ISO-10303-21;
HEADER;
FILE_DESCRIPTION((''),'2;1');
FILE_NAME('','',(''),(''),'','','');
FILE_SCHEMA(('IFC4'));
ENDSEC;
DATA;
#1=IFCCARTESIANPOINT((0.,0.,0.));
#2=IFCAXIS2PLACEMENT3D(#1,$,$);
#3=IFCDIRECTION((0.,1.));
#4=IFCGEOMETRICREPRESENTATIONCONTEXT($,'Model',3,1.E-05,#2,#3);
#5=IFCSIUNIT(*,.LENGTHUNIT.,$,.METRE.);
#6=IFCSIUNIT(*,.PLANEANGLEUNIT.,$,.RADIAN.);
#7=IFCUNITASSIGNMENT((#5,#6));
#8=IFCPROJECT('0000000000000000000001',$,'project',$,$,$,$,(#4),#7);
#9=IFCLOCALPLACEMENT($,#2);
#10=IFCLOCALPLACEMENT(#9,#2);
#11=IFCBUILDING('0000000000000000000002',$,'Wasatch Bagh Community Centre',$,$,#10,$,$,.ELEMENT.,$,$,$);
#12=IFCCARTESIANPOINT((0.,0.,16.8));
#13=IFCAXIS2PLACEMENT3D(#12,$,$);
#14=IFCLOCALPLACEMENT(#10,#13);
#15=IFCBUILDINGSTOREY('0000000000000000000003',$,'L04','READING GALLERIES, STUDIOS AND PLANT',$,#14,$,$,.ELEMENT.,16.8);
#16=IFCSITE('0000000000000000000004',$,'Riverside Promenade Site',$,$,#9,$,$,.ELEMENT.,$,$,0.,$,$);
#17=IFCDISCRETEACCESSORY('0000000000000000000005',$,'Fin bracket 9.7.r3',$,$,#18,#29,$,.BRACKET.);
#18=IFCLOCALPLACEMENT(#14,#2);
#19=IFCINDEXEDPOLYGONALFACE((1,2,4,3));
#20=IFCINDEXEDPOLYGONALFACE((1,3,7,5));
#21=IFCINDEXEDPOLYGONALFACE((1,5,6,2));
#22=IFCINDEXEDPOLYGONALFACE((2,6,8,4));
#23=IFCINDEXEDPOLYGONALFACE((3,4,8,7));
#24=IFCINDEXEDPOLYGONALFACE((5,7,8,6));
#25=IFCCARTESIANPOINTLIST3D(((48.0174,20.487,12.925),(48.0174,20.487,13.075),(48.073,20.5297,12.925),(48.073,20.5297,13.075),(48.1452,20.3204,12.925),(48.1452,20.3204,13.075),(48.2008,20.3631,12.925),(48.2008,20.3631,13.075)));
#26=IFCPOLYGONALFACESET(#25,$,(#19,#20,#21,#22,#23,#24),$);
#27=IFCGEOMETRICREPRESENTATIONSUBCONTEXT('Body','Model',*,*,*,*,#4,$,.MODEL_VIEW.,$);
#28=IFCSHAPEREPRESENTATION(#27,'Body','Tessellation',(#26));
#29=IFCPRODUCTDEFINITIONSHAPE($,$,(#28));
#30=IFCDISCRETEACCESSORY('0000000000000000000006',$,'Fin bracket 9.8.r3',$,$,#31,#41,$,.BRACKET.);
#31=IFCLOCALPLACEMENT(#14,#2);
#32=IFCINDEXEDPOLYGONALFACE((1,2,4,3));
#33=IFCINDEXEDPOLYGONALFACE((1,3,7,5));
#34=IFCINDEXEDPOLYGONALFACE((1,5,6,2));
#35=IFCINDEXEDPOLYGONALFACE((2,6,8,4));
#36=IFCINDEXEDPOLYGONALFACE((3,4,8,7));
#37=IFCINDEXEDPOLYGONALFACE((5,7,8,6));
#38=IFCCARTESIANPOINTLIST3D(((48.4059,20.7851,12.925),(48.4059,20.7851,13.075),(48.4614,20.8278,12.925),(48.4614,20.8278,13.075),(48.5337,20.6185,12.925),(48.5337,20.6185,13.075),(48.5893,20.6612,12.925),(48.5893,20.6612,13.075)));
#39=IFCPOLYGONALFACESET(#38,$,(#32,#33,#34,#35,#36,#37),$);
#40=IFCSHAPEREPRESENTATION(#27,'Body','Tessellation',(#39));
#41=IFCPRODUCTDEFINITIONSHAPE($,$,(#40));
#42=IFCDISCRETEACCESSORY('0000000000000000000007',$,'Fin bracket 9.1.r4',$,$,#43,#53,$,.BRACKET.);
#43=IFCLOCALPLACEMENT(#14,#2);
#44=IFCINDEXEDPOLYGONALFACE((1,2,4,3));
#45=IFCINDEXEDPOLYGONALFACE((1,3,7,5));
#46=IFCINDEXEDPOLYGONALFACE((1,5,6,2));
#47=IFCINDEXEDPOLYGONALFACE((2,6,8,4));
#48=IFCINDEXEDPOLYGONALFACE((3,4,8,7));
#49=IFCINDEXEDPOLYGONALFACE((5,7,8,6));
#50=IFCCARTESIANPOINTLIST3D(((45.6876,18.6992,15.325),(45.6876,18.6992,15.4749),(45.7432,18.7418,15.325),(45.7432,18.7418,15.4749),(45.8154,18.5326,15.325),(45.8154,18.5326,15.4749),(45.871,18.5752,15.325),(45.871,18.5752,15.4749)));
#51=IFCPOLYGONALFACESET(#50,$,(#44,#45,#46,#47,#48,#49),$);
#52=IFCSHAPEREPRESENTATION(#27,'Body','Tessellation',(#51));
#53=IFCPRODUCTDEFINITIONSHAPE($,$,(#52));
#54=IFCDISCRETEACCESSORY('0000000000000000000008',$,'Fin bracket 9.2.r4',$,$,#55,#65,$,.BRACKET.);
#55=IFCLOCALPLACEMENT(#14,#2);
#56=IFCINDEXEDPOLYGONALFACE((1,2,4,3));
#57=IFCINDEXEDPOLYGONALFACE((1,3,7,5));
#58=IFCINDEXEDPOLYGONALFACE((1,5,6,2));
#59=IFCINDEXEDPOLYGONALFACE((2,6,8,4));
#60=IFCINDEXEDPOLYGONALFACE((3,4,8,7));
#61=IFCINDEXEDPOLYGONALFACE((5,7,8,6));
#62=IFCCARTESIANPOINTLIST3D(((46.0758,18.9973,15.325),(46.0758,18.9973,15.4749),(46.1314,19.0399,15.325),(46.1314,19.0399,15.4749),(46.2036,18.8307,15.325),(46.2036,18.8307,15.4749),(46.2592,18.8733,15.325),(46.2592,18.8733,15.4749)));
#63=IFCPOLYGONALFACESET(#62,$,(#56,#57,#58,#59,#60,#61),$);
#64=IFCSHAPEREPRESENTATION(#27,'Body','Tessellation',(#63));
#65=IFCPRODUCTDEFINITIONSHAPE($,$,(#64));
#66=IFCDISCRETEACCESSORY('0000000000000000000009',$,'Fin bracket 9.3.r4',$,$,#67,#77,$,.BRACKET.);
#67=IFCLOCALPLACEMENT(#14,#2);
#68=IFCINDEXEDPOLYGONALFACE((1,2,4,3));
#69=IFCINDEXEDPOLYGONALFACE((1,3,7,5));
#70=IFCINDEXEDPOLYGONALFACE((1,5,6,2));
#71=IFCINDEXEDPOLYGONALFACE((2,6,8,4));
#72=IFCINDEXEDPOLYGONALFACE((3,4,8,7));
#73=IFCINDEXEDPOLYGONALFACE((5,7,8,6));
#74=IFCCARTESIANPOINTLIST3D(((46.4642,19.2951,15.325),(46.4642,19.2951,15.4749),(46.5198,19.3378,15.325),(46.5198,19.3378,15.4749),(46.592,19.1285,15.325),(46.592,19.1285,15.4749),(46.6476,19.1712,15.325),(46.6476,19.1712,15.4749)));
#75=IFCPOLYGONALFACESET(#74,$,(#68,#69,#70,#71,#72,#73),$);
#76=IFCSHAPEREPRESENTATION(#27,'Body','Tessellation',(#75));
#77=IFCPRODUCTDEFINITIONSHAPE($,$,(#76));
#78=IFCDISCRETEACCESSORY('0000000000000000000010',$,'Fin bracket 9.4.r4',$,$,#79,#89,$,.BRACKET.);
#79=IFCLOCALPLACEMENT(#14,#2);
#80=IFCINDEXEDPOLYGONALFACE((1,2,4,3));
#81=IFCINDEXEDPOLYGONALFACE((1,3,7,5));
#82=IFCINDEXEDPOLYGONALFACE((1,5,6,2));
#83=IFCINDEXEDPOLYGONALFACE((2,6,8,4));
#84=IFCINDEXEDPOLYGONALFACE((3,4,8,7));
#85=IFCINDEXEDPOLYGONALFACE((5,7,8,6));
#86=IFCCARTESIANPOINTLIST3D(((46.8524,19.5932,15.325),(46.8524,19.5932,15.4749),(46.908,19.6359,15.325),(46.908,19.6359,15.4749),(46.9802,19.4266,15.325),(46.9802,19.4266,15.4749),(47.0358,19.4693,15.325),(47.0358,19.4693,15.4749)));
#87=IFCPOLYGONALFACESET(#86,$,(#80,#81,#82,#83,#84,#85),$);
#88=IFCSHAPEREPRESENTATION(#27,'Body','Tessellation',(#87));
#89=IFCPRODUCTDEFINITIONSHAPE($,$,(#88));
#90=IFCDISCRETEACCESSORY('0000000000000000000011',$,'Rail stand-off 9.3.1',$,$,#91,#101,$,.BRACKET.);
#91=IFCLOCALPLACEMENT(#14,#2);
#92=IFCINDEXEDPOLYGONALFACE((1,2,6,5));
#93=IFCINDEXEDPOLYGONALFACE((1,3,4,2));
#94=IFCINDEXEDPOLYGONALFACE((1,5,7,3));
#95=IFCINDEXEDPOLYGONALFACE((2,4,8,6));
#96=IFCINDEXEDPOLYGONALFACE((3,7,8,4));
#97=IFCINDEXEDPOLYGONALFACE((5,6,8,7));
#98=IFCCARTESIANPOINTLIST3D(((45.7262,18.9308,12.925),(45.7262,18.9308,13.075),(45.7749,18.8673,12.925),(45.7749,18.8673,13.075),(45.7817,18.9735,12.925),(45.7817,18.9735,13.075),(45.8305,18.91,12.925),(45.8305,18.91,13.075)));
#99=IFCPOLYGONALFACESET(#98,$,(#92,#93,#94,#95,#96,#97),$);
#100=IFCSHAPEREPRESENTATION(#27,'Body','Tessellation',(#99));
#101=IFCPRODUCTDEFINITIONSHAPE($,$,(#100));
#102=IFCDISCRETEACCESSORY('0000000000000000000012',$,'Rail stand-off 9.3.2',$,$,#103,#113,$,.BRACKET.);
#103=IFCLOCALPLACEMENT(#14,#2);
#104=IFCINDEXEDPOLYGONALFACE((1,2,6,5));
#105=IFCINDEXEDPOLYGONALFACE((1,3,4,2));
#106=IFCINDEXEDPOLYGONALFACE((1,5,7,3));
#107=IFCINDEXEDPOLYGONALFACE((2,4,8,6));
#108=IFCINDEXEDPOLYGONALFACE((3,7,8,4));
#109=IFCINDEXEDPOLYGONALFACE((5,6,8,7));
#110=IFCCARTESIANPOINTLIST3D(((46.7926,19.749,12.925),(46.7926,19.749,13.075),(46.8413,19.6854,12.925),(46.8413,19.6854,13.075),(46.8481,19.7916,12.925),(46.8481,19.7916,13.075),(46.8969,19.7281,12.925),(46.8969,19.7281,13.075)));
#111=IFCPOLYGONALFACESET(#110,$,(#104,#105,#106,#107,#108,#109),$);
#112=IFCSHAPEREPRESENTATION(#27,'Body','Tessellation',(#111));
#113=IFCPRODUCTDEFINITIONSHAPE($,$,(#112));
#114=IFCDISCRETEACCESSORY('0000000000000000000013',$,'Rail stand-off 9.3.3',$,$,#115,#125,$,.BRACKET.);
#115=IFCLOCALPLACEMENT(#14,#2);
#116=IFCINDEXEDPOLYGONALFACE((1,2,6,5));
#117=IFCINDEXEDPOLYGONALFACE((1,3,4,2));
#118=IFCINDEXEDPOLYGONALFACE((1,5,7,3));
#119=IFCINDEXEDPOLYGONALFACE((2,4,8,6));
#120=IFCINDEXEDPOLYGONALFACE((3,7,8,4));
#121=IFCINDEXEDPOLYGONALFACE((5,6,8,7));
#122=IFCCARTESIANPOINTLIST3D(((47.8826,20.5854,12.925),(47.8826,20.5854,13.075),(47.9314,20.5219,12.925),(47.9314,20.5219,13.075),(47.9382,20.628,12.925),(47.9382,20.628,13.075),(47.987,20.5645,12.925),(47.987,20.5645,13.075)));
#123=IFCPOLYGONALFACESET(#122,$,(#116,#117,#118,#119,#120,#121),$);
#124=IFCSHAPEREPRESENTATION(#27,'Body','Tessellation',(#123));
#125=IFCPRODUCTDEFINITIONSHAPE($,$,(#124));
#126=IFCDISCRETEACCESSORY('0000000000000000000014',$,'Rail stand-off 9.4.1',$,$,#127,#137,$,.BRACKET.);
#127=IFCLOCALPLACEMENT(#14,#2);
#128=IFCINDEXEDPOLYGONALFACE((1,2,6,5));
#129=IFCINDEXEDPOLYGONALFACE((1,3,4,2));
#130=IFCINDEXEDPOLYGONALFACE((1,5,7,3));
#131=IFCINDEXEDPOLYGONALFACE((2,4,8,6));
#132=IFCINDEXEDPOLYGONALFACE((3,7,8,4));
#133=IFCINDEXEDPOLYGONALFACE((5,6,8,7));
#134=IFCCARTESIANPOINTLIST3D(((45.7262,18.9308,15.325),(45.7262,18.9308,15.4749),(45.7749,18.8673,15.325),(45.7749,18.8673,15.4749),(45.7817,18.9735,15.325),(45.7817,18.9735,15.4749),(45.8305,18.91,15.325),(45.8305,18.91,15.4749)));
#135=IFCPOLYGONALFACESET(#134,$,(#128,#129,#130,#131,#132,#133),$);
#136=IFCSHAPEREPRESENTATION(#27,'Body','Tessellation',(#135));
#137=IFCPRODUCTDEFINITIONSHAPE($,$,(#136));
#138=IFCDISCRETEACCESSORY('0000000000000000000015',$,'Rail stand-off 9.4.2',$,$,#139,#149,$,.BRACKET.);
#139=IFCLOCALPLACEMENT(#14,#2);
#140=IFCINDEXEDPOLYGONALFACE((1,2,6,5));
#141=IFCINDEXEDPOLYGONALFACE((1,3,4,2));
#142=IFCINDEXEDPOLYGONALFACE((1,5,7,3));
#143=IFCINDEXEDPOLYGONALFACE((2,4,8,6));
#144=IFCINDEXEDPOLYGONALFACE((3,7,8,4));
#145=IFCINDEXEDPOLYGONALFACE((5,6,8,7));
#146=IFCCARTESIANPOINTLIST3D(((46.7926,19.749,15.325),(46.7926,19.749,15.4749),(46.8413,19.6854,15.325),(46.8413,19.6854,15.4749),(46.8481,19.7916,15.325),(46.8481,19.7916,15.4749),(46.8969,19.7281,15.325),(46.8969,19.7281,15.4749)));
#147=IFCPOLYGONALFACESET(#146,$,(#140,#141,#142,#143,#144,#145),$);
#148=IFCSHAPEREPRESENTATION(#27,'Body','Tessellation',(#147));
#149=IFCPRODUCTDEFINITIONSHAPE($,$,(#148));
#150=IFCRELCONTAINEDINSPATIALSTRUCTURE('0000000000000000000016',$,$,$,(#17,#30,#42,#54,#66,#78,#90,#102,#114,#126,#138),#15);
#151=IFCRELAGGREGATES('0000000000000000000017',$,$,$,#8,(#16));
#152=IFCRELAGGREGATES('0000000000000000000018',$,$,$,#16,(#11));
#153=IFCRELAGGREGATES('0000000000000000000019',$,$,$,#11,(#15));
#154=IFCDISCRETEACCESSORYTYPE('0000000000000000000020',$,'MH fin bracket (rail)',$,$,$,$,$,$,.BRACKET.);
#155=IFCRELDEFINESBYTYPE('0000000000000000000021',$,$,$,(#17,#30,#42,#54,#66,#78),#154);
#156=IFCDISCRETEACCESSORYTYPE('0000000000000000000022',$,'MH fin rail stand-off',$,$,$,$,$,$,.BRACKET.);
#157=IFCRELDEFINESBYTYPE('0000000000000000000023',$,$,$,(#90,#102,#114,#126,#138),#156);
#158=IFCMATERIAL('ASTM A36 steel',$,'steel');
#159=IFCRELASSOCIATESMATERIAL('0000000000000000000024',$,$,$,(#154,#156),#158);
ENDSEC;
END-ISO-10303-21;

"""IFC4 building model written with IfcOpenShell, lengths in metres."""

from ifc_helpers import new_model, si_unit, direction, frame, origin, origin_2d, place, context, subcontext, project, spatial, rectangle, extrude, material, type_object, element, save


model = new_model("IFC4")

# Units and contexts
model_context = context("Model", 3, precision=1e-05, world=origin(), true_north=direction((0.0, 1.0)))
body_context = subcontext(model_context, "Body", "Model", "MODEL_VIEW")
ifc_project = project(units=[si_unit("LENGTHUNIT", "METRE"), si_unit("PLANEANGLEUNIT", "RADIAN")], contexts=[model_context])

# Site, building, storey
site_placement = place(None, origin())
site = spatial("IfcSite", under=ifc_project, at=site_placement, Name="Riverside Promenade Site", CompositionType="ELEMENT", RefElevation=0.0)
building_placement = place(site_placement, origin())
building = spatial("IfcBuilding", under=site, at=building_placement, Name="Wasatch Bagh Community Centre", CompositionType="ELEMENT")
storey_placement = place(building_placement, frame((0.0, 0.0, 16.8)))
storey = spatial("IfcBuildingStorey", under=building, at=storey_placement, Name="L04", Description="READING GALLERIES, STUDIOS AND PLANT", CompositionType="ELEMENT", Elevation=16.8)

# Discrete accessories
ifc_material_1 = material(Name="ASTM A36 steel", Category="steel")
discrete_accessory_type_1 = type_object("IfcDiscreteAccessoryType", Name="MH fin bracket (rail)", PredefinedType="BRACKET", material=ifc_material_1)
for number, where, z_axis, x_axis, name in (
    (1, (48.1091, 20.425, 12.925), (0.0, 0.0, 1.0), (0.793353, 0.608761, 0.0), "Fin bracket 9.7.r3"),
    (2, (48.4976, 20.7231, 12.925), (0.0, 0.0, 1.0), (0.793353, 0.608761, 0.0), "Fin bracket 9.8.r3"),
    (3, (45.7793, 18.6372, 15.325), (0.0, 0.0, 1.0), (0.793353, 0.608761, 0.0), "Fin bracket 9.1.r4"),
    (4, (46.1675, 18.9353, 15.325), (0.0, 0.0, 1.0), (0.793353, 0.608761, 0.0), "Fin bracket 9.2.r4"),
    (5, (46.5559, 19.2332, 15.325), (0.0, 0.0, 1.0), (0.793353, 0.608761, 0.0), "Fin bracket 9.3.r4"),
    (6, (46.9441, 19.5312, 15.325), (0.0, 0.0, 1.0), (0.793353, 0.608761, 0.0), "Fin bracket 9.4.r4"),
):
    element("IfcDiscreteAccessory", number, at=place(storey_placement, frame(where, z_axis=z_axis, x_axis=x_axis)), inside=storey, type_object=discrete_accessory_type_1, Name=name, PredefinedType="BRACKET", context=body_context, shape_type="SweptSolid", body=[
        extrude(rectangle(XDim=0.0701, YDim=0.21, at=origin_2d()), origin(), (0.0, 0.0, 1.0), 0.1499),
    ])
discrete_accessory_type_2 = type_object("IfcDiscreteAccessoryType", Name="MH fin rail stand-off", PredefinedType="BRACKET", material=ifc_material_1)
for number, where, z_axis, x_axis, name in (
    (7, (45.7783, 18.9204, 12.925), (0.0, 0.0, 1.0), (0.793353, 0.608761, 0.0), "Rail stand-off 9.3.1"),
    (8, (46.8447, 19.7385, 12.925), (0.0, 0.0, 1.0), (0.793353, 0.608761, 0.0), "Rail stand-off 9.3.2"),
    (9, (47.9348, 20.575, 12.925), (0.0, 0.0, 1.0), (0.793353, 0.608761, 0.0), "Rail stand-off 9.3.3"),
    (10, (45.7783, 18.9204, 15.325), (0.0, 0.0, 1.0), (0.793353, 0.608761, 0.0), "Rail stand-off 9.4.1"),
    (11, (46.8447, 19.7385, 15.325), (0.0, 0.0, 1.0), (0.793353, 0.608761, 0.0), "Rail stand-off 9.4.2"),
):
    element("IfcDiscreteAccessory", number, at=place(storey_placement, frame(where, z_axis=z_axis, x_axis=x_axis)), inside=storey, type_object=discrete_accessory_type_2, Name=name, PredefinedType="BRACKET", context=body_context, shape_type="SweptSolid", body=[
        extrude(rectangle(XDim=0.0701, YDim=0.0801, at=origin_2d()), origin(), (0.0, 0.0, 1.0), 0.1499),
    ])

save(model, "model.ifc")
